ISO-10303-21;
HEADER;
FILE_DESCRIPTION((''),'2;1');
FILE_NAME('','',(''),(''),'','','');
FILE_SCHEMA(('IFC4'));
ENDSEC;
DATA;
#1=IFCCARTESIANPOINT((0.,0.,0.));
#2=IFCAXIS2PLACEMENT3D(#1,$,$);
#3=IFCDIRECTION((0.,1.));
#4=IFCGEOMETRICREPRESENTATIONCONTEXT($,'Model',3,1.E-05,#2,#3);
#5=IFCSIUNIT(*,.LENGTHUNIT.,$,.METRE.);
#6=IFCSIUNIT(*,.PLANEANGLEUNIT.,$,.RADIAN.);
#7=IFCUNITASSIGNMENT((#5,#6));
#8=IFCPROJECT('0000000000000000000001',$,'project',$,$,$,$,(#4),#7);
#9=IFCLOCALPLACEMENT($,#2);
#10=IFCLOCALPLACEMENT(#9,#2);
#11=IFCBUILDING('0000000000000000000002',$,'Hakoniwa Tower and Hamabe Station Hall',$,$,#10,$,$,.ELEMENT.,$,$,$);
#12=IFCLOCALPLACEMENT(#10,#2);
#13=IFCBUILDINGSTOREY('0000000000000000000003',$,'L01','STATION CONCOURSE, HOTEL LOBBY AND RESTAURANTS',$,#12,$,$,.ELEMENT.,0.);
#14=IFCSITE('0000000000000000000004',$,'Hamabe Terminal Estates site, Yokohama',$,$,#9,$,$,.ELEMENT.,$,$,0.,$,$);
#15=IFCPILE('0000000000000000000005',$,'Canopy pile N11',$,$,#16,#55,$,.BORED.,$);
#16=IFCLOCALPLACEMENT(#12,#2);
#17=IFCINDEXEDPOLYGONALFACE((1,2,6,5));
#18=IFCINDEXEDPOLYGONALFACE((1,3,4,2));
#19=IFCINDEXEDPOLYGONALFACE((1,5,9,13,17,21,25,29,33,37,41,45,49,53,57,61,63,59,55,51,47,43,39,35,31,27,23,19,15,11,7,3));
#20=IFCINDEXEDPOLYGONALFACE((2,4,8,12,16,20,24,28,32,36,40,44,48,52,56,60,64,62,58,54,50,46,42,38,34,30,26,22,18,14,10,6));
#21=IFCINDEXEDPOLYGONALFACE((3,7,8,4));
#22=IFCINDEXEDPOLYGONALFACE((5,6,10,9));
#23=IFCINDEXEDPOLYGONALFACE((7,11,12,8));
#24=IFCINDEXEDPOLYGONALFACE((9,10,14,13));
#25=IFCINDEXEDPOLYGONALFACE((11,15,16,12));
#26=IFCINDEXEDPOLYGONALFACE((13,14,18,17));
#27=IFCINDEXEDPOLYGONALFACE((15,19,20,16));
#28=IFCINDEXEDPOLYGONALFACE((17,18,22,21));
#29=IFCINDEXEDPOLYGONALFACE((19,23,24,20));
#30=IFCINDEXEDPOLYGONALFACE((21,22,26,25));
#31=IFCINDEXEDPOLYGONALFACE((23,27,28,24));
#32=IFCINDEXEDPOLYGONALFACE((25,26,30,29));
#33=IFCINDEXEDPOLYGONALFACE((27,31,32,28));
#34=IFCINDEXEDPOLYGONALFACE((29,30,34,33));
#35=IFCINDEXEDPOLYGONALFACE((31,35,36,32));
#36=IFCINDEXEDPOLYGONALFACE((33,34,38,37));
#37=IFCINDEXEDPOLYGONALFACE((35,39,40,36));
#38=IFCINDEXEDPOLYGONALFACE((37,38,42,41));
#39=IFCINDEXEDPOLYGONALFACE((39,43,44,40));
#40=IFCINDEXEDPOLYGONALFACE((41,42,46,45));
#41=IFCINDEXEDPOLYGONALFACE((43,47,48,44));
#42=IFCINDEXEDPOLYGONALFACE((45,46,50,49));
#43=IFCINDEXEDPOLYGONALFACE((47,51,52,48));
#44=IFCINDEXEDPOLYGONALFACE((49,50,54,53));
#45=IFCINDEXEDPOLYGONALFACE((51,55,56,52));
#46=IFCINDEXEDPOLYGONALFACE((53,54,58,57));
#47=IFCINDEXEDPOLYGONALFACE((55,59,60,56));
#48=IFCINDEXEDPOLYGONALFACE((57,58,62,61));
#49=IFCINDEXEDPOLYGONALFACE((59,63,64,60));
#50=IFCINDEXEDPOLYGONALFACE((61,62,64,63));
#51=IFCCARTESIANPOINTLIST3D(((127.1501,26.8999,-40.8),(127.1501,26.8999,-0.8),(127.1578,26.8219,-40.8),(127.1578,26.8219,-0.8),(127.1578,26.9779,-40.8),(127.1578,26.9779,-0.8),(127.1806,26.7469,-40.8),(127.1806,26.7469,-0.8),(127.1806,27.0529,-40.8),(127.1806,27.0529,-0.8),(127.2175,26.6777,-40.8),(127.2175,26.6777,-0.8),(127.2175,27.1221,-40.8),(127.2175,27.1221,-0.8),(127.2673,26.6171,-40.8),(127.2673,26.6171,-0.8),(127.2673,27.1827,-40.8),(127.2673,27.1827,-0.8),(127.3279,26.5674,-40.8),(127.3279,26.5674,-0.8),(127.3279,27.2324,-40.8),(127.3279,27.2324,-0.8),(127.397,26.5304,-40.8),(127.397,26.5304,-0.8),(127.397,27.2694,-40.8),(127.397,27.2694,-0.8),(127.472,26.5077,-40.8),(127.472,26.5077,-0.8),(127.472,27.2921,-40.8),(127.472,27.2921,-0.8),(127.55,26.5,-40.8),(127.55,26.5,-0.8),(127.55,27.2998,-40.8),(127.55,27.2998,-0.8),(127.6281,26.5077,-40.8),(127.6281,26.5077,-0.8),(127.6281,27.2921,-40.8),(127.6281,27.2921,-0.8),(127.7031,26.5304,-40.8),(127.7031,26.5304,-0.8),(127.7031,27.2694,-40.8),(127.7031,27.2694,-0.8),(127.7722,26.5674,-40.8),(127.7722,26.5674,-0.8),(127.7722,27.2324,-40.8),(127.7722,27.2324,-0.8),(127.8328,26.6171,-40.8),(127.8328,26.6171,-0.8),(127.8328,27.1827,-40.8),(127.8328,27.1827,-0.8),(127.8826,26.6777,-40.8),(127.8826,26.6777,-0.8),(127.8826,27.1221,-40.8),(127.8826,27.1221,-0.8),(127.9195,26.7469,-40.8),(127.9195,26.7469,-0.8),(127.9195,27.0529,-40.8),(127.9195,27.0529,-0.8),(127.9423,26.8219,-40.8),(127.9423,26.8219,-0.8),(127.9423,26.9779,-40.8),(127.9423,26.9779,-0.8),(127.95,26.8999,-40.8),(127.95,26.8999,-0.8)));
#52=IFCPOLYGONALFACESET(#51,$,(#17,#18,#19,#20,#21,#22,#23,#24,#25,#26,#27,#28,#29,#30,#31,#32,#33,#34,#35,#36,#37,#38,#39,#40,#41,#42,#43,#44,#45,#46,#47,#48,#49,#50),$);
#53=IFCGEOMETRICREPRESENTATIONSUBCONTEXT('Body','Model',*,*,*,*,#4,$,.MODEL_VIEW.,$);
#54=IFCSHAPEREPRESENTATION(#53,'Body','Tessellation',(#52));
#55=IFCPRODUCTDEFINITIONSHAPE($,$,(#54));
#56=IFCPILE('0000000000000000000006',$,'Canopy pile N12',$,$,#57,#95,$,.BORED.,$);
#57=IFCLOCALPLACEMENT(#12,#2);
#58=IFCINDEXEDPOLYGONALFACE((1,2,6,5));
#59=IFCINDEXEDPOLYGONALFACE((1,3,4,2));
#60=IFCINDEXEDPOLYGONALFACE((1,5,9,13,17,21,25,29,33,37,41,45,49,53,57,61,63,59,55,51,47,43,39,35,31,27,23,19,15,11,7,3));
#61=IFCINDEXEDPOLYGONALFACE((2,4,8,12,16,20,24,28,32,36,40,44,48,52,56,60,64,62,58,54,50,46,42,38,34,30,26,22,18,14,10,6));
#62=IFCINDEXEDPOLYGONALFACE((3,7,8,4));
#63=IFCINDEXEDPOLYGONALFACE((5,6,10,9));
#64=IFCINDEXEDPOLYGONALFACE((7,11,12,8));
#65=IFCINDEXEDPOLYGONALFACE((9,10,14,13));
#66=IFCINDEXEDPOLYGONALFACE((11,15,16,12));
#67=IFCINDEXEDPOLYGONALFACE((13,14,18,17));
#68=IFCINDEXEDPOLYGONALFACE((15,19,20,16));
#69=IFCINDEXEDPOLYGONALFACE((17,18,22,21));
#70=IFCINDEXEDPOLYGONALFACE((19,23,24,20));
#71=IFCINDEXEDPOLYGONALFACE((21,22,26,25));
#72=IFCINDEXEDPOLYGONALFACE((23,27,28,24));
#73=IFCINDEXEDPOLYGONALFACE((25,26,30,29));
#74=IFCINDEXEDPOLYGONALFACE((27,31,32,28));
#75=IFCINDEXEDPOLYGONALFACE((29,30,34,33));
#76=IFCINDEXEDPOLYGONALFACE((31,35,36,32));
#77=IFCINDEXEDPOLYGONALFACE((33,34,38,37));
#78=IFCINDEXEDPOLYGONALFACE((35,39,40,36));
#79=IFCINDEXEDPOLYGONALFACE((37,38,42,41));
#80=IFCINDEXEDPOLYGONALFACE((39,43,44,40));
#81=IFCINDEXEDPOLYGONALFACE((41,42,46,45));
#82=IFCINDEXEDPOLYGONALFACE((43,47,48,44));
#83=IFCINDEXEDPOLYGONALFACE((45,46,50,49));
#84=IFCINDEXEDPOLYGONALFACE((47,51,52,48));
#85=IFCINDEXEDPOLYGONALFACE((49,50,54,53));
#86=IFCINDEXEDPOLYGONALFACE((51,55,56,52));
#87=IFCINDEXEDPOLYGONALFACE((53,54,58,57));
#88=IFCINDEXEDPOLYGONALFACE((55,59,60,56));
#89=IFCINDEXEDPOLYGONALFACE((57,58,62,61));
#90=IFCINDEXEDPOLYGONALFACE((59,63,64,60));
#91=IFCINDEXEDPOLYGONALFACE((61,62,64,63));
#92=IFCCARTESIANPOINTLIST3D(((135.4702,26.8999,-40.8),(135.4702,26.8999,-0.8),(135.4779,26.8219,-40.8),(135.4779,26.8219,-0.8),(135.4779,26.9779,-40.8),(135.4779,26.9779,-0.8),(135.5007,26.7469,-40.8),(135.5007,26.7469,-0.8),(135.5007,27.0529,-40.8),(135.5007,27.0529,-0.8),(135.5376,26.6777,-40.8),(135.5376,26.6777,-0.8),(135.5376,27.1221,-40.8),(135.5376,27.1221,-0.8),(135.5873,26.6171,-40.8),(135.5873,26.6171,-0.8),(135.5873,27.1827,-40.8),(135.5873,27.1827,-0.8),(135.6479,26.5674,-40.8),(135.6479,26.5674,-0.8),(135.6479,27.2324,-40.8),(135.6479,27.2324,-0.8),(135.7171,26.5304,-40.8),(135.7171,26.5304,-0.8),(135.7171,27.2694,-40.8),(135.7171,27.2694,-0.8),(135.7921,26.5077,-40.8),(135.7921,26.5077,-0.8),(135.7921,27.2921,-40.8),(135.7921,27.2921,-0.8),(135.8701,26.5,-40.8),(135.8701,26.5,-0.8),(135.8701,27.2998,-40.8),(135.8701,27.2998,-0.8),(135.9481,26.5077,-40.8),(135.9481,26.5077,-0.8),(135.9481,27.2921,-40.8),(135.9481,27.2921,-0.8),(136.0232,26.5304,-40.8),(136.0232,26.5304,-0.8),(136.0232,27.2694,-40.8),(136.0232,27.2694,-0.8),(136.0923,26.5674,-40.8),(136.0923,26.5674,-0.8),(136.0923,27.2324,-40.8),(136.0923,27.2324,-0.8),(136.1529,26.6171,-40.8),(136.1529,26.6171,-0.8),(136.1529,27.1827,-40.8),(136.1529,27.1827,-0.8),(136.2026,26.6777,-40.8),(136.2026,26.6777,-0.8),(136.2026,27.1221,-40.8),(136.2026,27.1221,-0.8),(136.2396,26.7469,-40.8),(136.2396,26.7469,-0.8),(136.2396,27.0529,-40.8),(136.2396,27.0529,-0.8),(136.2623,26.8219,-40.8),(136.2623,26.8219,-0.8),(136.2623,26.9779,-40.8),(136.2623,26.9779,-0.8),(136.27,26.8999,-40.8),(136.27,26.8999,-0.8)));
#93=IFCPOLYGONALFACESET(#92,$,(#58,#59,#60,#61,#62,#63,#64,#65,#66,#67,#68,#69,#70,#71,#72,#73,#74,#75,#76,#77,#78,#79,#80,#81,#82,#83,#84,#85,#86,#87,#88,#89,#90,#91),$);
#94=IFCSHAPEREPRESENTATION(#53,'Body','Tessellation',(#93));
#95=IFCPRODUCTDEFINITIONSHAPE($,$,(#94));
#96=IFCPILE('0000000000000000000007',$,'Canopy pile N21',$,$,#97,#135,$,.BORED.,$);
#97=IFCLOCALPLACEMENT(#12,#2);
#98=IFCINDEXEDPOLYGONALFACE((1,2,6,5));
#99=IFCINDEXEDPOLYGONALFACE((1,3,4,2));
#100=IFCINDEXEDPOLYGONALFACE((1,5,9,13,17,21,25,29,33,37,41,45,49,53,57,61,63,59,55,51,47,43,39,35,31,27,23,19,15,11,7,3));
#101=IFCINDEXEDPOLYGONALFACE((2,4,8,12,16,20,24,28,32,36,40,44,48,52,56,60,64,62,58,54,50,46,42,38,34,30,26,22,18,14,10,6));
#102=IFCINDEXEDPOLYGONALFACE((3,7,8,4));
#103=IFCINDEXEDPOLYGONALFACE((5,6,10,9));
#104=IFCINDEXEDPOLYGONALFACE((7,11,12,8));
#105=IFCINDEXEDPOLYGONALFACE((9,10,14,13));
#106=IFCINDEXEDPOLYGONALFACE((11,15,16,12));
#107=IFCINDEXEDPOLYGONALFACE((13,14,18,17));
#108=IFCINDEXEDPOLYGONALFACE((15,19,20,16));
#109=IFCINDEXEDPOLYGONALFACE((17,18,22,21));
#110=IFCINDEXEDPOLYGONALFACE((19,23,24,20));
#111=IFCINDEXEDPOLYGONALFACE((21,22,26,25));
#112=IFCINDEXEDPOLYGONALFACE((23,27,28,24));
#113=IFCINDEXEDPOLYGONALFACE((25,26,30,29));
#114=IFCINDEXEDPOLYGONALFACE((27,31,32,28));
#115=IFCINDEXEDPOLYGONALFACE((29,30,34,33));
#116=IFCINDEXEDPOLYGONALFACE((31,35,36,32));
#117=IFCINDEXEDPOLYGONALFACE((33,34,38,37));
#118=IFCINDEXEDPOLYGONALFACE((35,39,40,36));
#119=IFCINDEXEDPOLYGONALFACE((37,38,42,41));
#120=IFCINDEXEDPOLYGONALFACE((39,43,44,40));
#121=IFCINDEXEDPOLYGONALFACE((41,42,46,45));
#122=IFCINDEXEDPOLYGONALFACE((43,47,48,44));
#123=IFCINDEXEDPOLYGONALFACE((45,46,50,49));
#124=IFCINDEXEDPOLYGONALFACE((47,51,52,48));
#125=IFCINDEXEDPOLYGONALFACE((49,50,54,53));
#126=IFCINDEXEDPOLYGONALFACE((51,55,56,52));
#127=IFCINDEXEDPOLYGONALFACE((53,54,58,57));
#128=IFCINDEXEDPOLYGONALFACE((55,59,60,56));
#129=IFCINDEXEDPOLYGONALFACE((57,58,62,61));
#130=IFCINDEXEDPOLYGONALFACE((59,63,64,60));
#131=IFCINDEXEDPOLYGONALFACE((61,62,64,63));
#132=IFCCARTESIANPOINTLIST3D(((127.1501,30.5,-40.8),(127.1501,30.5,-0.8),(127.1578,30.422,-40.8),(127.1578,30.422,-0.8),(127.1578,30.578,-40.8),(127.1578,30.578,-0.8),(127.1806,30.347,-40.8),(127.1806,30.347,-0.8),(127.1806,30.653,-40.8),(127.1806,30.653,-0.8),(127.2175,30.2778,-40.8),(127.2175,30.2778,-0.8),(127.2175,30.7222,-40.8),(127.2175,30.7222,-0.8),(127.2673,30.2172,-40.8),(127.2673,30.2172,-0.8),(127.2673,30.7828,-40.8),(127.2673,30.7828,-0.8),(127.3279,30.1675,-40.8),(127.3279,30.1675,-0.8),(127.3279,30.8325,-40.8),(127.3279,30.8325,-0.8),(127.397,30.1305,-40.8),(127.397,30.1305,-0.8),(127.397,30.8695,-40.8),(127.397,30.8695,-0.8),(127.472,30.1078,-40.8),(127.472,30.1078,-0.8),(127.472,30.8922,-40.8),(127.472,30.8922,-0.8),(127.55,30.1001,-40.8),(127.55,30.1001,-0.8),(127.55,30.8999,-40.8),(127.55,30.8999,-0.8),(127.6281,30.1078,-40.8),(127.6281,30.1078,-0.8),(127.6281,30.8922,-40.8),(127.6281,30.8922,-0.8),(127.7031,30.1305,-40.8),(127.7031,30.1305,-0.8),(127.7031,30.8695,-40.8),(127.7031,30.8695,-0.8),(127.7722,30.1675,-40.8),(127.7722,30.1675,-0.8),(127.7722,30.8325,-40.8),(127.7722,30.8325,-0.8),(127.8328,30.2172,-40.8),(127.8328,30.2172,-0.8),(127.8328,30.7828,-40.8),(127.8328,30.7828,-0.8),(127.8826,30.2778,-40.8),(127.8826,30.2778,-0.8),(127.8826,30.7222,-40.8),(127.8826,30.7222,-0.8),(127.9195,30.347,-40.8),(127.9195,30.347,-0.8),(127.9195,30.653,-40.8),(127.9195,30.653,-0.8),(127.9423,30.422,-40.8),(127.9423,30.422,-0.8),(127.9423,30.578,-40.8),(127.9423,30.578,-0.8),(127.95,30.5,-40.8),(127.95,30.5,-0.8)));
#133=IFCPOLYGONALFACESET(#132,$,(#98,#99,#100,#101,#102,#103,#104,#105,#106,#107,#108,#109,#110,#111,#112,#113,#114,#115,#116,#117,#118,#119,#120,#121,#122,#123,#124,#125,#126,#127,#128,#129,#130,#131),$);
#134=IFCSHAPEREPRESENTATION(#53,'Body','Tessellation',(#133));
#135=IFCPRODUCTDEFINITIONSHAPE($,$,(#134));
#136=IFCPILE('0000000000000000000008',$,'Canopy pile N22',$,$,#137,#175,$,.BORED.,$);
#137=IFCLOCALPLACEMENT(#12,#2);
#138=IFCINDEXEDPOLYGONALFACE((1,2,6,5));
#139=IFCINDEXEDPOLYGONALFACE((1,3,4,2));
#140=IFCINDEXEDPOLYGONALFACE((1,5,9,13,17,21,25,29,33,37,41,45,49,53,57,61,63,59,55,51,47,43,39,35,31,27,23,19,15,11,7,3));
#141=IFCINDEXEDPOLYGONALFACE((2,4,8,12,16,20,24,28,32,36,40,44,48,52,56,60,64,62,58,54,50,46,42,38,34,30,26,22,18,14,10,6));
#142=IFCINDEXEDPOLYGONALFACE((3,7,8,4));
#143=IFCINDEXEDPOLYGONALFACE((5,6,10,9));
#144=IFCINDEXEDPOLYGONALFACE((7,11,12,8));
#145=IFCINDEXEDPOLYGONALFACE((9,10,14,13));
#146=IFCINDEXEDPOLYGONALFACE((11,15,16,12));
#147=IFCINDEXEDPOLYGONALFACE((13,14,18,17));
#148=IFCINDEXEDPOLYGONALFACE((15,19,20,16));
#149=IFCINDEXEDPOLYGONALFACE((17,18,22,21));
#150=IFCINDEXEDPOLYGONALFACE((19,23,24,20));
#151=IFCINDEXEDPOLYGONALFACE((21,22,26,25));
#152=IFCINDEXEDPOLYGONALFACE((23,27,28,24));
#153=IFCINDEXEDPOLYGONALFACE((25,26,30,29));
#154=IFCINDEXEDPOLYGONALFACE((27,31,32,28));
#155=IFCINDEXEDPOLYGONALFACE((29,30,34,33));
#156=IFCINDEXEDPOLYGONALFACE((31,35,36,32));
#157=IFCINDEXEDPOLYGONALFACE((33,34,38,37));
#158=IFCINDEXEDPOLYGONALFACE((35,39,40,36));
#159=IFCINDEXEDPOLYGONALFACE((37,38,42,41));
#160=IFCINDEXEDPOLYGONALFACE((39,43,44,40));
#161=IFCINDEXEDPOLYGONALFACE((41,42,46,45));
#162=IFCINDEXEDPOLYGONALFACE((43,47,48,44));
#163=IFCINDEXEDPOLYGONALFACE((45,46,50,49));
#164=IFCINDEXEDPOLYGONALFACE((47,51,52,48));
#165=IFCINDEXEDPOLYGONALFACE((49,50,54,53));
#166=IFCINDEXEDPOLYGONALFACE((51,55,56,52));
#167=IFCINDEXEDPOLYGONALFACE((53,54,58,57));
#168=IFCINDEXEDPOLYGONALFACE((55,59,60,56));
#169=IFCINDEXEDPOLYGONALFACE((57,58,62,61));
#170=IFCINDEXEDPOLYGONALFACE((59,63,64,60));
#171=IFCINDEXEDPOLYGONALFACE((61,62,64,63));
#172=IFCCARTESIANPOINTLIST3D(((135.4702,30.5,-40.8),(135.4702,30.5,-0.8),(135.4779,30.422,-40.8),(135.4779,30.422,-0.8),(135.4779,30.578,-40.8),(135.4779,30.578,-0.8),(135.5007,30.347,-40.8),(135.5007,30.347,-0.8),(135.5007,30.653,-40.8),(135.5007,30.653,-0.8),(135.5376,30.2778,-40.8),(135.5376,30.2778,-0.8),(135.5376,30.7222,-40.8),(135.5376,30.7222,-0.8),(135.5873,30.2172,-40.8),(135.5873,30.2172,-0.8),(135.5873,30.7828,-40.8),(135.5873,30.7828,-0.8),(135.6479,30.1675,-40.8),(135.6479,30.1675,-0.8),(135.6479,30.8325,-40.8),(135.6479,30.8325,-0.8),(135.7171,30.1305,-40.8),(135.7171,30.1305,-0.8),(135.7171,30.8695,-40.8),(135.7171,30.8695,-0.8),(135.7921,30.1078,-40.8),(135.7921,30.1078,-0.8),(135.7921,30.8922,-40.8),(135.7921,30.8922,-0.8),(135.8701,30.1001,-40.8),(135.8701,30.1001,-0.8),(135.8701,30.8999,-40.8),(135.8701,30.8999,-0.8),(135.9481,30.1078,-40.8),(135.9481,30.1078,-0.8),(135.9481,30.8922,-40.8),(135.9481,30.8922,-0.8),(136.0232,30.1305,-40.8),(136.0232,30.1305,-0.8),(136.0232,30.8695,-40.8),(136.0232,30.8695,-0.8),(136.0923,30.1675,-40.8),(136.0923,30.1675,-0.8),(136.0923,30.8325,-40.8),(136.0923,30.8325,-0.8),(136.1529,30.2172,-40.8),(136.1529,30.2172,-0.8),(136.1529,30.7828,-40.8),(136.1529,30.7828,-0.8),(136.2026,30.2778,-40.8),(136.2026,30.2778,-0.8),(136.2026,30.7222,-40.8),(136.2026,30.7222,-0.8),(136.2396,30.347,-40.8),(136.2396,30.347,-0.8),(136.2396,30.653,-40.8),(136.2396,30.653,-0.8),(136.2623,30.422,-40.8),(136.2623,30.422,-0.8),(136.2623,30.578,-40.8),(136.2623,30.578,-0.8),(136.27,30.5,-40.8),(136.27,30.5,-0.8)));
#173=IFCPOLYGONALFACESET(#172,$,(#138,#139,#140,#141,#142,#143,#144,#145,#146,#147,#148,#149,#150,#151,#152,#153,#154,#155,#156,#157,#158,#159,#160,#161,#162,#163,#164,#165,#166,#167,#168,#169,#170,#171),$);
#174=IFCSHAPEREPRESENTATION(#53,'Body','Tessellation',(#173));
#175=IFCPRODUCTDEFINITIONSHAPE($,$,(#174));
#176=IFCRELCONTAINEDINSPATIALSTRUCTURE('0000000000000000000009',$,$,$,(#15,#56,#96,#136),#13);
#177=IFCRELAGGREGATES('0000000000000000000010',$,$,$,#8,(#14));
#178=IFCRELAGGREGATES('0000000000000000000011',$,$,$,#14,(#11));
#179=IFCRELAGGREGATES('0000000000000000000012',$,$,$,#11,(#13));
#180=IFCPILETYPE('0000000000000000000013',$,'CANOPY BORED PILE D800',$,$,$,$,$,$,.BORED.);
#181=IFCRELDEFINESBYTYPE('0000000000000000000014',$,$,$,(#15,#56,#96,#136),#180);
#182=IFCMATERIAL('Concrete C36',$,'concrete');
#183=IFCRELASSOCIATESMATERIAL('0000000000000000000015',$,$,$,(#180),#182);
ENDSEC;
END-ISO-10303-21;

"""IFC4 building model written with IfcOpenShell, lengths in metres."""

from ifc_helpers import new_model, si_unit, direction, frame, origin, origin_2d, place, context, subcontext, project, spatial, circle, extrude, material, material_profile, profile_set, type_object, element, save


model = new_model("IFC4")

# Units and contexts
model_context = context("Model", 3, precision=1e-05, world=origin(), true_north=direction((0.0, 1.0)))
body_context = subcontext(model_context, "Body", "Model", "MODEL_VIEW")
ifc_project = project(units=[si_unit("LENGTHUNIT", "METRE"), si_unit("PLANEANGLEUNIT", "RADIAN")], contexts=[model_context])

# Site, building, storey
site_placement = place(None, origin())
site = spatial("IfcSite", under=ifc_project, at=site_placement, Name="Hamabe Terminal Estates site, Yokohama", CompositionType="ELEMENT", RefElevation=0.0)
building_placement = place(site_placement, origin())
building = spatial("IfcBuilding", under=site, at=building_placement, Name="Hakoniwa Tower and Hamabe Station Hall", CompositionType="ELEMENT")
storey_placement = place(building_placement, origin())
storey = spatial("IfcBuildingStorey", under=building, at=storey_placement, Name="L01", Description="STATION CONCOURSE, HOTEL LOBBY AND RESTAURANTS", CompositionType="ELEMENT", Elevation=0.0)

# Piles
ifc_material_1 = material(Name="Concrete C36", Category="concrete")
ifc_material_profile_1 = material_profile(ifc_material_1, circle(Radius=0.3999, at=origin_2d()), Name="CANOPY BORED PILE D800")
ifc_profile_set_1 = profile_set([ifc_material_profile_1], Name="Concrete C36")
pile_type_1 = type_object("IfcPileType", Name="CANOPY BORED PILE D800", PredefinedType="BORED", material=ifc_profile_set_1)
for number, where, z_axis, x_axis, name in (
    (1, (127.55, 26.8999, -0.8), (0.0, 0.0, -1.0), (1.0, 0.0, 0.0), "Canopy pile N11"),
    (2, (135.8701, 26.8999, -0.8), (0.0, 0.0, -1.0), (1.0, 0.0, 0.0), "Canopy pile N12"),
    (3, (127.55, 30.5, -0.8), (0.0, 0.0, -1.0), (1.0, 0.0, 0.0), "Canopy pile N21"),
    (4, (135.8701, 30.5, -0.8), (0.0, 0.0, -1.0), (1.0, 0.0, 0.0), "Canopy pile N22"),
):
    element("IfcPile", number, at=place(storey_placement, frame(where, z_axis=z_axis, x_axis=x_axis)), inside=storey, type_object=pile_type_1, Name=name, PredefinedType="BORED", context=body_context, shape_type="SweptSolid", body=[
        extrude(circle(Radius=0.3999, at=origin_2d()), origin(), (0.0, 0.0, 1.0), 40.0),
    ])

save(model, "model.ifc")
